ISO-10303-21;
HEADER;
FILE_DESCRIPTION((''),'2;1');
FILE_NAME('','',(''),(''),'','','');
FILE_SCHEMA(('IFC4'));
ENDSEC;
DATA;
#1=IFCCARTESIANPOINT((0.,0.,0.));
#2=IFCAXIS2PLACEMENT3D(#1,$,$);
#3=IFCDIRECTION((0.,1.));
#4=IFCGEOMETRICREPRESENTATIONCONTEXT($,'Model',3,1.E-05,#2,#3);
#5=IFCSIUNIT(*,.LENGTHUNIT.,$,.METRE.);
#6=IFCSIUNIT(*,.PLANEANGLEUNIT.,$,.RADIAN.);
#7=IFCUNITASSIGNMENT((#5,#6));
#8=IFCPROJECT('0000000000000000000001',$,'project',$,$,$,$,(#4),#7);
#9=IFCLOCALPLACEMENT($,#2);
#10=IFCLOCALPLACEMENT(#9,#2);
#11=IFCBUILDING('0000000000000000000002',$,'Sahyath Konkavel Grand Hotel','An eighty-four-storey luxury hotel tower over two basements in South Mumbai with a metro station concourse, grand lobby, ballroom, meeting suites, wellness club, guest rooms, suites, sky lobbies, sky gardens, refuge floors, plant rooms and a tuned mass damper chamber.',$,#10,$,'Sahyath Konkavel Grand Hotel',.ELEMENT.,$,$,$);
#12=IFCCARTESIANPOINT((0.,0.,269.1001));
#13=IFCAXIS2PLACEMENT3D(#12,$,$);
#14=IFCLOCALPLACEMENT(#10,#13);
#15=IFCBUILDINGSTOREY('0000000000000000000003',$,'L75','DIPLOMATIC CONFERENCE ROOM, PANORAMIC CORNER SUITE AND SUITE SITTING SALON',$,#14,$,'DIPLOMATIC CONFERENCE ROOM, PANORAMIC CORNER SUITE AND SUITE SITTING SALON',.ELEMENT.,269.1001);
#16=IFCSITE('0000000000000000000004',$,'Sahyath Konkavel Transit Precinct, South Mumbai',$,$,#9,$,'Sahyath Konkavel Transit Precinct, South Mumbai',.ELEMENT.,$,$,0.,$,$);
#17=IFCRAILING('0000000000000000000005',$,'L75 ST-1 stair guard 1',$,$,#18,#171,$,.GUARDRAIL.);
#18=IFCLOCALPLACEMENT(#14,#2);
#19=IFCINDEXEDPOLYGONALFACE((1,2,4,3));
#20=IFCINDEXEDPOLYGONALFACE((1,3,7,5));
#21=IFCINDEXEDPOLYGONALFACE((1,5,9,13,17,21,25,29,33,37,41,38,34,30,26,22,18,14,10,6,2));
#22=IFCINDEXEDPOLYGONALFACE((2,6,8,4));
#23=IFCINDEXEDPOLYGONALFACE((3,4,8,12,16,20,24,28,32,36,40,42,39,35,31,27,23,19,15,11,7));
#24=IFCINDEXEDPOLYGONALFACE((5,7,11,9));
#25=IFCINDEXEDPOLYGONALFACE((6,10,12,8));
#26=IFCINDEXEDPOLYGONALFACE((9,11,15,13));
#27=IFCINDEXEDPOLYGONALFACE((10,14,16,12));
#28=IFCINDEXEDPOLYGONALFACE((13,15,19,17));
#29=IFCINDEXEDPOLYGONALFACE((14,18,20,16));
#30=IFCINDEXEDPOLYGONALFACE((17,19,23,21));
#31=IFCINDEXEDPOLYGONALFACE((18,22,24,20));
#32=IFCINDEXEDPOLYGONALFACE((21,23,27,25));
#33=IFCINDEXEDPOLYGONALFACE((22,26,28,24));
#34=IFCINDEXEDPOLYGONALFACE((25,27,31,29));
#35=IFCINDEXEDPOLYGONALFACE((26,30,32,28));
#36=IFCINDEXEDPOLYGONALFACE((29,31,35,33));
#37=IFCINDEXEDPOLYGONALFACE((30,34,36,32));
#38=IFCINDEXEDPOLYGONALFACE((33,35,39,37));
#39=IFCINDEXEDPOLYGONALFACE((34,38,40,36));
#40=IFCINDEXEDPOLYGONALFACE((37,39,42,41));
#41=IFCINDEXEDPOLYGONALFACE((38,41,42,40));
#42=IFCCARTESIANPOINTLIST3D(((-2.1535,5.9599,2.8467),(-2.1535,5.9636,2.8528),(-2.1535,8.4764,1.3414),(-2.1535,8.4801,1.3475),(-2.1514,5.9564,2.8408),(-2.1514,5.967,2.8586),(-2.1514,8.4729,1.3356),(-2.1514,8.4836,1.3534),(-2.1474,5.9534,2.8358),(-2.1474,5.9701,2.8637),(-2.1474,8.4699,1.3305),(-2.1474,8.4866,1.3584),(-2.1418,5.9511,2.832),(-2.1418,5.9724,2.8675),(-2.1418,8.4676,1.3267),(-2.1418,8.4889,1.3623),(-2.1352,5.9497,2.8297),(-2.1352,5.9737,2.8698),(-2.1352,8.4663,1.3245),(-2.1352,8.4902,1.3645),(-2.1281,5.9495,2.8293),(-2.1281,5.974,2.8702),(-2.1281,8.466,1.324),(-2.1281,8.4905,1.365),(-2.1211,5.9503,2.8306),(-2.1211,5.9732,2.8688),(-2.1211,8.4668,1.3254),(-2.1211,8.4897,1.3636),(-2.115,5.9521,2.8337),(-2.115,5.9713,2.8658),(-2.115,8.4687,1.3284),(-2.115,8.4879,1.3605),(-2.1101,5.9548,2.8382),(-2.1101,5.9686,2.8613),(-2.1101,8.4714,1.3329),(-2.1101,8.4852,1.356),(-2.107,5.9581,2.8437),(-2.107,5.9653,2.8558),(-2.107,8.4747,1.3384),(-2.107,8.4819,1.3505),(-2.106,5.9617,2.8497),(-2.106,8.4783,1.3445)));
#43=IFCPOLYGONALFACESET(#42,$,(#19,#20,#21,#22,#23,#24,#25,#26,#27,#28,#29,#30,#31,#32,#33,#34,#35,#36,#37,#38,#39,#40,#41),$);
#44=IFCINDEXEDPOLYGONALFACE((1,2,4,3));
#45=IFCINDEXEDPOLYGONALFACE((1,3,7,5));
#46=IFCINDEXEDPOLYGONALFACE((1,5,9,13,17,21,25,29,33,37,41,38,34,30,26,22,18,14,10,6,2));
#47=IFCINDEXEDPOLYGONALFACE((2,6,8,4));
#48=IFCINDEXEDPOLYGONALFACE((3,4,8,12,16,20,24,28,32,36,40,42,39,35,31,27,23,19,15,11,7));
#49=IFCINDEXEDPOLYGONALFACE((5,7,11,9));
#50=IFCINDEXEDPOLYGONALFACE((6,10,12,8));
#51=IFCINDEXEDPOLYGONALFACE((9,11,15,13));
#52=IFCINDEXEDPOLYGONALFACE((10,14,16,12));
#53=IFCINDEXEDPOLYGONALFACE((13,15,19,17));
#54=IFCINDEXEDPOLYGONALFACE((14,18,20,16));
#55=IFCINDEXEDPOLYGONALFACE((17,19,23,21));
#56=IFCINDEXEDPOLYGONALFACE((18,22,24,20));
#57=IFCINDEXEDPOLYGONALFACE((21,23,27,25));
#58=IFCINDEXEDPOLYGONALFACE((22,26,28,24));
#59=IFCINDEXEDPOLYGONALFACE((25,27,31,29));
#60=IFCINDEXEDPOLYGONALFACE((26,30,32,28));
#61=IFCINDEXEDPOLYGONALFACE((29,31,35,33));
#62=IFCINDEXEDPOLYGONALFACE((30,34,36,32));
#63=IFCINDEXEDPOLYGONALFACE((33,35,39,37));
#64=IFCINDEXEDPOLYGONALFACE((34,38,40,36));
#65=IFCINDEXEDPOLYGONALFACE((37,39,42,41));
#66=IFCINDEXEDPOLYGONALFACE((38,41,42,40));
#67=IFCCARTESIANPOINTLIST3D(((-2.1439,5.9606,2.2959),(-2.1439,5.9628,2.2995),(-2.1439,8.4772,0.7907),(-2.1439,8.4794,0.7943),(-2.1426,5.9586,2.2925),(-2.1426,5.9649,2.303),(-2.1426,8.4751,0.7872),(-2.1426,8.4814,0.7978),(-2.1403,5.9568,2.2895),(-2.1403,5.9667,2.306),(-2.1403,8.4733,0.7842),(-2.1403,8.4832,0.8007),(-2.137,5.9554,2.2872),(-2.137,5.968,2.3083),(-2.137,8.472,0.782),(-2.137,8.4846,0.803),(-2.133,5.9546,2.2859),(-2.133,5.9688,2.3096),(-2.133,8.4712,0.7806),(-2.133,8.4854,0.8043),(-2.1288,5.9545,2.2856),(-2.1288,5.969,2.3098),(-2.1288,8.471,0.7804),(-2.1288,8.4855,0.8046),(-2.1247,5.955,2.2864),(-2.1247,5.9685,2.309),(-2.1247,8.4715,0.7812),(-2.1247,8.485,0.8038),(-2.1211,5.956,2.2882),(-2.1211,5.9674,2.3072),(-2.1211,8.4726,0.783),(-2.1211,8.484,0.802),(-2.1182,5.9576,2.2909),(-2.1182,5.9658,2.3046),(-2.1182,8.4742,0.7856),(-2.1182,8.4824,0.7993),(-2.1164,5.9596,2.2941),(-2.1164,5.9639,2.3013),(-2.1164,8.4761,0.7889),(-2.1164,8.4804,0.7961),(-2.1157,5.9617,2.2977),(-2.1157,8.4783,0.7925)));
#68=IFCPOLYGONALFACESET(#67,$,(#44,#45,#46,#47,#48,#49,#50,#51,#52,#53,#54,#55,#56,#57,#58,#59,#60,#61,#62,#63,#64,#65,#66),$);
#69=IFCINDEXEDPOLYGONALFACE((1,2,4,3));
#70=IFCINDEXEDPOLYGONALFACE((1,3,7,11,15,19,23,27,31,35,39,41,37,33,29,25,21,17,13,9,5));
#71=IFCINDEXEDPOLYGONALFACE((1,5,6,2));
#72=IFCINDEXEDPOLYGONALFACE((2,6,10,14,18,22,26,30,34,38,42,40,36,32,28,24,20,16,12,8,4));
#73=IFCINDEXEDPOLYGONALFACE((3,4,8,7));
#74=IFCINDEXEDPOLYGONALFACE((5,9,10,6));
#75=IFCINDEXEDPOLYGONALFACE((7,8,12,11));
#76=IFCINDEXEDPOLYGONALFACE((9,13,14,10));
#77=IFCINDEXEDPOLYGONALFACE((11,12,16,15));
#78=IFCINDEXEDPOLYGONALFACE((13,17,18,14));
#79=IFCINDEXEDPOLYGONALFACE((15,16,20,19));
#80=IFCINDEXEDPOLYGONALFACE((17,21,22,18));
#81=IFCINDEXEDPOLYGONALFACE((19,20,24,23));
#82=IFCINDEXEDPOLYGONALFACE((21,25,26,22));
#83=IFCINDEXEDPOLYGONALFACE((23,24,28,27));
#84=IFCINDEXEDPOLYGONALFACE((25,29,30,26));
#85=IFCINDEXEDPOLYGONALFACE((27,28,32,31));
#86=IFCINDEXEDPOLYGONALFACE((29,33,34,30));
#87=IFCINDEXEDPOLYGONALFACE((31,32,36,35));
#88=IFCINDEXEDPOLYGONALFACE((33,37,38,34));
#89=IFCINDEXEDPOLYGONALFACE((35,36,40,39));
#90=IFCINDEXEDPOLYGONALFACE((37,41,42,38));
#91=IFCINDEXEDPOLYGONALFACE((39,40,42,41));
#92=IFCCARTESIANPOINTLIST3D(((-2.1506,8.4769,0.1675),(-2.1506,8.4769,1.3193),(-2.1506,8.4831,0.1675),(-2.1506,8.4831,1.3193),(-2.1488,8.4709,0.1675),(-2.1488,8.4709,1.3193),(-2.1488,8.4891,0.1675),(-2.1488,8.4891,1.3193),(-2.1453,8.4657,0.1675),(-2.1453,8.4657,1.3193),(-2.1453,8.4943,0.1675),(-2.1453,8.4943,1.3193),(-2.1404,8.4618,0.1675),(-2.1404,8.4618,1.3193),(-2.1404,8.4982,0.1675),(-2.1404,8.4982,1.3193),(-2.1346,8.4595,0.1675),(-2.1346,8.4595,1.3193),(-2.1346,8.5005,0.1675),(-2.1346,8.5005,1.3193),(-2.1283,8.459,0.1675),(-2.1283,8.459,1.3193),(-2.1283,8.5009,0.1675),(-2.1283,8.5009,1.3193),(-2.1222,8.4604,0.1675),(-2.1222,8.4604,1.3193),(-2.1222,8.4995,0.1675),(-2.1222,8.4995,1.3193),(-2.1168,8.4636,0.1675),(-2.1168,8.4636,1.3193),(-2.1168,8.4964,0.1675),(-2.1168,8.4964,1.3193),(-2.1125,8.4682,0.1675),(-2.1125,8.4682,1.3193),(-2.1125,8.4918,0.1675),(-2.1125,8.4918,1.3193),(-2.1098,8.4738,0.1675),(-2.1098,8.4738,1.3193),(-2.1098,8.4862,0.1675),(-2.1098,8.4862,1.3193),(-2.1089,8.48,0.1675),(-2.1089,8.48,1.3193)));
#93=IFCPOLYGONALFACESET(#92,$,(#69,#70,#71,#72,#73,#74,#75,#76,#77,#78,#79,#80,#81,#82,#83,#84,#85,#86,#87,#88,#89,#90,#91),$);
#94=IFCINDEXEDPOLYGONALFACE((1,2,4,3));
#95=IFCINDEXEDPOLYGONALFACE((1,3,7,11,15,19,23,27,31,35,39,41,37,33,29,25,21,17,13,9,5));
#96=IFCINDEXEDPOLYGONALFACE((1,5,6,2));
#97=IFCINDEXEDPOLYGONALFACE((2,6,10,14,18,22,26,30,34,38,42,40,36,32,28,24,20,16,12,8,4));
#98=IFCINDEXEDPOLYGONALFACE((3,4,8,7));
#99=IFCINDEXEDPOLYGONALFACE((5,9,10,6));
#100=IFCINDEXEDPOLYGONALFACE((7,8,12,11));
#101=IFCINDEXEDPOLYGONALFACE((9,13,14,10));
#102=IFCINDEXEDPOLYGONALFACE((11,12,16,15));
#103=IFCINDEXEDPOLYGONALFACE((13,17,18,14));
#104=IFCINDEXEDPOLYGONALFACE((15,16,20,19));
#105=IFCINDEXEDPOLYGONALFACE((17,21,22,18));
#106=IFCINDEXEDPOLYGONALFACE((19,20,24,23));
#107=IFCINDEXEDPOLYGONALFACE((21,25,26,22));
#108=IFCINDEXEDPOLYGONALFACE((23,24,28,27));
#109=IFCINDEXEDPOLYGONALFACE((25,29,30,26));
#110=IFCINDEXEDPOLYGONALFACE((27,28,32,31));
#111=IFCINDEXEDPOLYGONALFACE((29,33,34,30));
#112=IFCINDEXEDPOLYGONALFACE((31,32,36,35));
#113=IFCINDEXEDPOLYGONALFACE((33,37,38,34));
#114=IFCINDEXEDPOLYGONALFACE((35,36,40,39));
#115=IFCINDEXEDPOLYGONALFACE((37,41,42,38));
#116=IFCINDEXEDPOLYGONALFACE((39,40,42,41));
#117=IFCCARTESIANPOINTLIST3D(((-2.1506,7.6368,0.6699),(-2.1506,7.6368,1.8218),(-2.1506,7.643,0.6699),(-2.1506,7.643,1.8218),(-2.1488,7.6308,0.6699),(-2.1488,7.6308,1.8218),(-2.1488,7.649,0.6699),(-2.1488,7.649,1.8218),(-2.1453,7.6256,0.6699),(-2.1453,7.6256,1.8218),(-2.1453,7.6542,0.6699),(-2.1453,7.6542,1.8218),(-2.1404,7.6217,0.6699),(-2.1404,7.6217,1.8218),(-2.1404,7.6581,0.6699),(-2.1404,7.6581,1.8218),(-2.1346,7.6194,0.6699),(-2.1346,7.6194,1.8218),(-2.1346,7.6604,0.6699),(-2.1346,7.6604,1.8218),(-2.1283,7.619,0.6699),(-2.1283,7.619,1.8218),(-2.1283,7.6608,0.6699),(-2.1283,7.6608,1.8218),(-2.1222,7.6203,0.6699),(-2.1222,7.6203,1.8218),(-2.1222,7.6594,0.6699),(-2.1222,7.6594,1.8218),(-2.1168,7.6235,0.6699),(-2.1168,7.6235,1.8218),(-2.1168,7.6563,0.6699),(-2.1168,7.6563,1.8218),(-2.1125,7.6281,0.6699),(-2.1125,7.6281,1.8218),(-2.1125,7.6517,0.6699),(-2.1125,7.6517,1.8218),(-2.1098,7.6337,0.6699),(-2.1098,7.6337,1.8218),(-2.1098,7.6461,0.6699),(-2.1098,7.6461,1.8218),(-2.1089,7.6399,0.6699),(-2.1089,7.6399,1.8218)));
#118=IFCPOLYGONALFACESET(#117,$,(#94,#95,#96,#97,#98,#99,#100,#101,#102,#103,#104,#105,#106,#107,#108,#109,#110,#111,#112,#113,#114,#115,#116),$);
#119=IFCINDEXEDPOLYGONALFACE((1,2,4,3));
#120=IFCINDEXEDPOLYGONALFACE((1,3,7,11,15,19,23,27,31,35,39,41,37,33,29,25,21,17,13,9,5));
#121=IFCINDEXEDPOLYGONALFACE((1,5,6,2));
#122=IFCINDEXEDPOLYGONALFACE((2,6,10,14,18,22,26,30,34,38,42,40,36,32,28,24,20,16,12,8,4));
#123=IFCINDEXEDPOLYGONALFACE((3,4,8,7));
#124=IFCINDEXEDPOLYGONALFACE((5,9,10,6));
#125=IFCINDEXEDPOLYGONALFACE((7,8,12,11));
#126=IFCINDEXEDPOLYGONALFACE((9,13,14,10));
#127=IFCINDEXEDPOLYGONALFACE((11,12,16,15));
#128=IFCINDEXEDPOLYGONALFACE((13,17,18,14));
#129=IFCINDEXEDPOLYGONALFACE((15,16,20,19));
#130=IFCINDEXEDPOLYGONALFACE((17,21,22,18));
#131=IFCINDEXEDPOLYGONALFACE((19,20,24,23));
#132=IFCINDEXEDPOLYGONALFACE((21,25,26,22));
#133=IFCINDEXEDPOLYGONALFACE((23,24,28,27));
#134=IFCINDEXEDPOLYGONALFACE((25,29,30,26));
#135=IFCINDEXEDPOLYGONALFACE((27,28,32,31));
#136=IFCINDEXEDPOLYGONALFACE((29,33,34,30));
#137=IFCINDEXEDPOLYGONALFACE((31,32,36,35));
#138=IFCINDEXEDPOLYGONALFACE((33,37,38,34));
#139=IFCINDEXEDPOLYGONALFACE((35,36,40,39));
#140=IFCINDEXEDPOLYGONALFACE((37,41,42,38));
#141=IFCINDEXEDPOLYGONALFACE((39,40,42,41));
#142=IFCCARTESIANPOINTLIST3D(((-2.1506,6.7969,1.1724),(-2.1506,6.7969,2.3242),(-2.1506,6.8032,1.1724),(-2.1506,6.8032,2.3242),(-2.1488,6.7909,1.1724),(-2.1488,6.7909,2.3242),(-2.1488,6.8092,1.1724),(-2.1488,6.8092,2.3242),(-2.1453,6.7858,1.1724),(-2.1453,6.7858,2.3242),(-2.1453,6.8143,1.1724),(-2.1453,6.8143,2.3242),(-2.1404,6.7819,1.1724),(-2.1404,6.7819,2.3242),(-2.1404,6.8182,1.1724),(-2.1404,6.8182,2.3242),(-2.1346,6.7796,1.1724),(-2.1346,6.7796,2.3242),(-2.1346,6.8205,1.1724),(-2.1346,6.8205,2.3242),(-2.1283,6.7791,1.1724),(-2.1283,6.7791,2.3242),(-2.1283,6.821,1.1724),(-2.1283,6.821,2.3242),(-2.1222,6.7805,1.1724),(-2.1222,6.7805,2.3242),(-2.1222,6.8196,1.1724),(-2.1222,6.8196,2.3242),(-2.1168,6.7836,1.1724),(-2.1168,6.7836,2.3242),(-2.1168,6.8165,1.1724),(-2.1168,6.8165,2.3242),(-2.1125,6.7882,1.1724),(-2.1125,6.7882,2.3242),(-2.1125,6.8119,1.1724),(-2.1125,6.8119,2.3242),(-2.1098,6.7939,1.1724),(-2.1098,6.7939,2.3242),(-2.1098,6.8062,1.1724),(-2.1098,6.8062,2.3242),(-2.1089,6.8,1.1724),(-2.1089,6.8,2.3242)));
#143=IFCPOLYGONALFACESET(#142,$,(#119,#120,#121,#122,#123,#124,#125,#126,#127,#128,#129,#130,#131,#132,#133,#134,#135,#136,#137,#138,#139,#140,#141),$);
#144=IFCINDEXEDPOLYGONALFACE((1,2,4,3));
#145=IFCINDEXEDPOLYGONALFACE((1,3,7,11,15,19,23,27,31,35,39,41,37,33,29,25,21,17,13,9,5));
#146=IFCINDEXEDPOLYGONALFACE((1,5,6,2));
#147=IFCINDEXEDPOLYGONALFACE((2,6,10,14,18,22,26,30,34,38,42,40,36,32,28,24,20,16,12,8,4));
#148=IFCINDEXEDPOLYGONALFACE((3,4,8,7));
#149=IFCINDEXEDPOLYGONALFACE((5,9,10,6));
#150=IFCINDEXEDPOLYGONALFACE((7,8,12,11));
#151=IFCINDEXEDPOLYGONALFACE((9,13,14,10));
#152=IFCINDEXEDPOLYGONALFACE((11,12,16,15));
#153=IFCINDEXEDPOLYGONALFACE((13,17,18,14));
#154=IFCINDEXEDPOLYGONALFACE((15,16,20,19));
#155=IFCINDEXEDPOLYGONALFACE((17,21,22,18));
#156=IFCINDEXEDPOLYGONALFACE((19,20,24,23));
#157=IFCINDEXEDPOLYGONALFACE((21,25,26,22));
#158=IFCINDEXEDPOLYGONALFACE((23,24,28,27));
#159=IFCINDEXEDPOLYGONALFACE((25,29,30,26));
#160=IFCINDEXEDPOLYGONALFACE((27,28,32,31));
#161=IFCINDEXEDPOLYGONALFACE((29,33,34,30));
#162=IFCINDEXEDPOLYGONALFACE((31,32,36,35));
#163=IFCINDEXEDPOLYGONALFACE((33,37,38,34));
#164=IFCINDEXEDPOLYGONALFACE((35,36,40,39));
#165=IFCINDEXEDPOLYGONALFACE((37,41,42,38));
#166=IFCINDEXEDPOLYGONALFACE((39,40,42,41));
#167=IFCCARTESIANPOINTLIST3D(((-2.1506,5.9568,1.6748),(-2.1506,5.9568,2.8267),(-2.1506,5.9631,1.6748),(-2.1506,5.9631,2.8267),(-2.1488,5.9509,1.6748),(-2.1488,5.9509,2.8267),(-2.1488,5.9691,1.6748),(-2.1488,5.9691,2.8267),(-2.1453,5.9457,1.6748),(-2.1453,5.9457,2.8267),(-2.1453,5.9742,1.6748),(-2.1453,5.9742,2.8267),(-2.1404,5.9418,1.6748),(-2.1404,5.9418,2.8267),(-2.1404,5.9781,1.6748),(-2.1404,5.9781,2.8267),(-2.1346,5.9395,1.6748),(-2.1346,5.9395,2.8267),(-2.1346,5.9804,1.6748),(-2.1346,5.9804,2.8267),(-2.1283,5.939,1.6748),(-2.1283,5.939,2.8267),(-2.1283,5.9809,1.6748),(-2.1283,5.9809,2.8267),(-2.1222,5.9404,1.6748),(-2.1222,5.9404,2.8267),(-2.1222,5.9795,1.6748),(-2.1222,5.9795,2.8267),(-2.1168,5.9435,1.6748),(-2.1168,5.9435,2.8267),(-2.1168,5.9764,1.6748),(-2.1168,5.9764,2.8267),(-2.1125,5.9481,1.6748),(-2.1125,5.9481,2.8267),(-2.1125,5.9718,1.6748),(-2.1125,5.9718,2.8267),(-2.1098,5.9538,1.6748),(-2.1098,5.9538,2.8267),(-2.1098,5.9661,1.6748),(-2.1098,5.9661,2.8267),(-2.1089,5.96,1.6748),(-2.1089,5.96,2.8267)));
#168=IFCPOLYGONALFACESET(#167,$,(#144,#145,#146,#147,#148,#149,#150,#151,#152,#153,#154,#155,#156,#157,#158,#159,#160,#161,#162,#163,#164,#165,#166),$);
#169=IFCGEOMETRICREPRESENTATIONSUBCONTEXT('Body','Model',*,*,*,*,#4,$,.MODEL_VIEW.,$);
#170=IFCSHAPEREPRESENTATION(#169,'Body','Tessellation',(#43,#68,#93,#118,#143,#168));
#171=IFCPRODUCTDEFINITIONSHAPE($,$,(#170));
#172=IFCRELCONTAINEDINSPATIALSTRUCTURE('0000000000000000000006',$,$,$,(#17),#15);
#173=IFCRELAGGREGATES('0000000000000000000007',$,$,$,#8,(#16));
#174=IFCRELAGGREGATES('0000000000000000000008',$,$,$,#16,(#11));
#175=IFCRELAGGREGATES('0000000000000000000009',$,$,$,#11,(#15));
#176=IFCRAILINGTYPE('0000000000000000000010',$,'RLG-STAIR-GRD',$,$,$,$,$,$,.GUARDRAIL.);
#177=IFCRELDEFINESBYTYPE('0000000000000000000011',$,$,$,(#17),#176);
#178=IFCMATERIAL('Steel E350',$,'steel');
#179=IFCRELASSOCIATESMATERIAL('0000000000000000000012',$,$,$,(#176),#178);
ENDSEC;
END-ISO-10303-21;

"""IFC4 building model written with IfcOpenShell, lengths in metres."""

from ifc_helpers import new_model, si_unit, direction, frame, origin, origin_2d, place, context, subcontext, project, spatial, circle, extrude, material, type_object, element, save


model = new_model("IFC4")

# Units and contexts
model_context = context("Model", 3, precision=1e-05, world=origin(), true_north=direction((0.0, 1.0)))
body_context = subcontext(model_context, "Body", "Model", "MODEL_VIEW")
ifc_project = project(units=[si_unit("LENGTHUNIT", "METRE"), si_unit("PLANEANGLEUNIT", "RADIAN")], contexts=[model_context])

# Site, building, storey
site_placement = place(None, origin())
site = spatial("IfcSite", under=ifc_project, at=site_placement, Name="Sahyath Konkavel Transit Precinct, South Mumbai", LongName="Sahyath Konkavel Transit Precinct, South Mumbai", CompositionType="ELEMENT", RefElevation=0.0)
building_placement = place(site_placement, origin())
building = spatial("IfcBuilding", under=site, at=building_placement, Name="Sahyath Konkavel Grand Hotel", Description="An eighty-four-storey luxury hotel tower over two basements in South Mumbai with a metro station concourse, grand lobby, ballroom, meeting suites, wellness club, guest rooms, suites, sky lobbies, sky gardens, refuge floors, plant rooms and a tuned mass damper chamber.", LongName="Sahyath Konkavel Grand Hotel", CompositionType="ELEMENT")
storey_placement = place(building_placement, frame((0.0, 0.0, 269.1001)))
storey = spatial("IfcBuildingStorey", under=building, at=storey_placement, Name="L75", Description="DIPLOMATIC CONFERENCE ROOM, PANORAMIC CORNER SUITE AND SUITE SITTING SALON", LongName="DIPLOMATIC CONFERENCE ROOM, PANORAMIC CORNER SUITE AND SUITE SITTING SALON", CompositionType="ELEMENT", Elevation=269.1001)

# Shared definitions
ifc_material_1 = material(Name="Steel E350", Category="steel")

# Railing
railing_type_1 = type_object("IfcRailingType", Name="RLG-STAIR-GRD", PredefinedType="GUARDRAIL", material=ifc_material_1)
railing_1_placement = place(storey_placement, frame((-2.1299, 8.48, 0.1675)))
element("IfcRailing", 1, at=railing_1_placement, inside=storey, type_object=railing_type_1, Name="L75 ST-1 stair guard 1", PredefinedType="GUARDRAIL", context=body_context, shape_type="SweptSolid", body=[
    extrude(circle(Radius=0.0239, at=origin_2d()), frame((0.0, -0.0017, 1.177), z_axis=(0.0, -0.858196, 0.513321), x_axis=(1.0, 0.0, 0.0)), (0.0, 0.0, 1.0), 2.9324),
    extrude(circle(Radius=0.0142, at=origin_2d()), frame((0.0, -0.0017, 0.625), z_axis=(0.0, -0.858196, 0.513321), x_axis=(1.0, 0.0, 0.0)), (0.0, 0.0, 1.0), 2.9324),
    extrude(circle(Radius=0.021, at=origin_2d()), origin(), (0.0, 0.0, 1.0), 1.1519),
    extrude(circle(Radius=0.021, at=origin_2d()), frame((0.0, -0.8401, 0.5024)), (0.0, 0.0, 1.0), 1.1519),
    extrude(circle(Radius=0.021, at=origin_2d()), frame((0.0, -1.6799, 1.0049)), (0.0, 0.0, 1.0), 1.1519),
    extrude(circle(Radius=0.021, at=origin_2d()), frame((0.0, -2.52, 1.5073)), (0.0, 0.0, 1.0), 1.1519),
])

save(model, "model.ifc")
